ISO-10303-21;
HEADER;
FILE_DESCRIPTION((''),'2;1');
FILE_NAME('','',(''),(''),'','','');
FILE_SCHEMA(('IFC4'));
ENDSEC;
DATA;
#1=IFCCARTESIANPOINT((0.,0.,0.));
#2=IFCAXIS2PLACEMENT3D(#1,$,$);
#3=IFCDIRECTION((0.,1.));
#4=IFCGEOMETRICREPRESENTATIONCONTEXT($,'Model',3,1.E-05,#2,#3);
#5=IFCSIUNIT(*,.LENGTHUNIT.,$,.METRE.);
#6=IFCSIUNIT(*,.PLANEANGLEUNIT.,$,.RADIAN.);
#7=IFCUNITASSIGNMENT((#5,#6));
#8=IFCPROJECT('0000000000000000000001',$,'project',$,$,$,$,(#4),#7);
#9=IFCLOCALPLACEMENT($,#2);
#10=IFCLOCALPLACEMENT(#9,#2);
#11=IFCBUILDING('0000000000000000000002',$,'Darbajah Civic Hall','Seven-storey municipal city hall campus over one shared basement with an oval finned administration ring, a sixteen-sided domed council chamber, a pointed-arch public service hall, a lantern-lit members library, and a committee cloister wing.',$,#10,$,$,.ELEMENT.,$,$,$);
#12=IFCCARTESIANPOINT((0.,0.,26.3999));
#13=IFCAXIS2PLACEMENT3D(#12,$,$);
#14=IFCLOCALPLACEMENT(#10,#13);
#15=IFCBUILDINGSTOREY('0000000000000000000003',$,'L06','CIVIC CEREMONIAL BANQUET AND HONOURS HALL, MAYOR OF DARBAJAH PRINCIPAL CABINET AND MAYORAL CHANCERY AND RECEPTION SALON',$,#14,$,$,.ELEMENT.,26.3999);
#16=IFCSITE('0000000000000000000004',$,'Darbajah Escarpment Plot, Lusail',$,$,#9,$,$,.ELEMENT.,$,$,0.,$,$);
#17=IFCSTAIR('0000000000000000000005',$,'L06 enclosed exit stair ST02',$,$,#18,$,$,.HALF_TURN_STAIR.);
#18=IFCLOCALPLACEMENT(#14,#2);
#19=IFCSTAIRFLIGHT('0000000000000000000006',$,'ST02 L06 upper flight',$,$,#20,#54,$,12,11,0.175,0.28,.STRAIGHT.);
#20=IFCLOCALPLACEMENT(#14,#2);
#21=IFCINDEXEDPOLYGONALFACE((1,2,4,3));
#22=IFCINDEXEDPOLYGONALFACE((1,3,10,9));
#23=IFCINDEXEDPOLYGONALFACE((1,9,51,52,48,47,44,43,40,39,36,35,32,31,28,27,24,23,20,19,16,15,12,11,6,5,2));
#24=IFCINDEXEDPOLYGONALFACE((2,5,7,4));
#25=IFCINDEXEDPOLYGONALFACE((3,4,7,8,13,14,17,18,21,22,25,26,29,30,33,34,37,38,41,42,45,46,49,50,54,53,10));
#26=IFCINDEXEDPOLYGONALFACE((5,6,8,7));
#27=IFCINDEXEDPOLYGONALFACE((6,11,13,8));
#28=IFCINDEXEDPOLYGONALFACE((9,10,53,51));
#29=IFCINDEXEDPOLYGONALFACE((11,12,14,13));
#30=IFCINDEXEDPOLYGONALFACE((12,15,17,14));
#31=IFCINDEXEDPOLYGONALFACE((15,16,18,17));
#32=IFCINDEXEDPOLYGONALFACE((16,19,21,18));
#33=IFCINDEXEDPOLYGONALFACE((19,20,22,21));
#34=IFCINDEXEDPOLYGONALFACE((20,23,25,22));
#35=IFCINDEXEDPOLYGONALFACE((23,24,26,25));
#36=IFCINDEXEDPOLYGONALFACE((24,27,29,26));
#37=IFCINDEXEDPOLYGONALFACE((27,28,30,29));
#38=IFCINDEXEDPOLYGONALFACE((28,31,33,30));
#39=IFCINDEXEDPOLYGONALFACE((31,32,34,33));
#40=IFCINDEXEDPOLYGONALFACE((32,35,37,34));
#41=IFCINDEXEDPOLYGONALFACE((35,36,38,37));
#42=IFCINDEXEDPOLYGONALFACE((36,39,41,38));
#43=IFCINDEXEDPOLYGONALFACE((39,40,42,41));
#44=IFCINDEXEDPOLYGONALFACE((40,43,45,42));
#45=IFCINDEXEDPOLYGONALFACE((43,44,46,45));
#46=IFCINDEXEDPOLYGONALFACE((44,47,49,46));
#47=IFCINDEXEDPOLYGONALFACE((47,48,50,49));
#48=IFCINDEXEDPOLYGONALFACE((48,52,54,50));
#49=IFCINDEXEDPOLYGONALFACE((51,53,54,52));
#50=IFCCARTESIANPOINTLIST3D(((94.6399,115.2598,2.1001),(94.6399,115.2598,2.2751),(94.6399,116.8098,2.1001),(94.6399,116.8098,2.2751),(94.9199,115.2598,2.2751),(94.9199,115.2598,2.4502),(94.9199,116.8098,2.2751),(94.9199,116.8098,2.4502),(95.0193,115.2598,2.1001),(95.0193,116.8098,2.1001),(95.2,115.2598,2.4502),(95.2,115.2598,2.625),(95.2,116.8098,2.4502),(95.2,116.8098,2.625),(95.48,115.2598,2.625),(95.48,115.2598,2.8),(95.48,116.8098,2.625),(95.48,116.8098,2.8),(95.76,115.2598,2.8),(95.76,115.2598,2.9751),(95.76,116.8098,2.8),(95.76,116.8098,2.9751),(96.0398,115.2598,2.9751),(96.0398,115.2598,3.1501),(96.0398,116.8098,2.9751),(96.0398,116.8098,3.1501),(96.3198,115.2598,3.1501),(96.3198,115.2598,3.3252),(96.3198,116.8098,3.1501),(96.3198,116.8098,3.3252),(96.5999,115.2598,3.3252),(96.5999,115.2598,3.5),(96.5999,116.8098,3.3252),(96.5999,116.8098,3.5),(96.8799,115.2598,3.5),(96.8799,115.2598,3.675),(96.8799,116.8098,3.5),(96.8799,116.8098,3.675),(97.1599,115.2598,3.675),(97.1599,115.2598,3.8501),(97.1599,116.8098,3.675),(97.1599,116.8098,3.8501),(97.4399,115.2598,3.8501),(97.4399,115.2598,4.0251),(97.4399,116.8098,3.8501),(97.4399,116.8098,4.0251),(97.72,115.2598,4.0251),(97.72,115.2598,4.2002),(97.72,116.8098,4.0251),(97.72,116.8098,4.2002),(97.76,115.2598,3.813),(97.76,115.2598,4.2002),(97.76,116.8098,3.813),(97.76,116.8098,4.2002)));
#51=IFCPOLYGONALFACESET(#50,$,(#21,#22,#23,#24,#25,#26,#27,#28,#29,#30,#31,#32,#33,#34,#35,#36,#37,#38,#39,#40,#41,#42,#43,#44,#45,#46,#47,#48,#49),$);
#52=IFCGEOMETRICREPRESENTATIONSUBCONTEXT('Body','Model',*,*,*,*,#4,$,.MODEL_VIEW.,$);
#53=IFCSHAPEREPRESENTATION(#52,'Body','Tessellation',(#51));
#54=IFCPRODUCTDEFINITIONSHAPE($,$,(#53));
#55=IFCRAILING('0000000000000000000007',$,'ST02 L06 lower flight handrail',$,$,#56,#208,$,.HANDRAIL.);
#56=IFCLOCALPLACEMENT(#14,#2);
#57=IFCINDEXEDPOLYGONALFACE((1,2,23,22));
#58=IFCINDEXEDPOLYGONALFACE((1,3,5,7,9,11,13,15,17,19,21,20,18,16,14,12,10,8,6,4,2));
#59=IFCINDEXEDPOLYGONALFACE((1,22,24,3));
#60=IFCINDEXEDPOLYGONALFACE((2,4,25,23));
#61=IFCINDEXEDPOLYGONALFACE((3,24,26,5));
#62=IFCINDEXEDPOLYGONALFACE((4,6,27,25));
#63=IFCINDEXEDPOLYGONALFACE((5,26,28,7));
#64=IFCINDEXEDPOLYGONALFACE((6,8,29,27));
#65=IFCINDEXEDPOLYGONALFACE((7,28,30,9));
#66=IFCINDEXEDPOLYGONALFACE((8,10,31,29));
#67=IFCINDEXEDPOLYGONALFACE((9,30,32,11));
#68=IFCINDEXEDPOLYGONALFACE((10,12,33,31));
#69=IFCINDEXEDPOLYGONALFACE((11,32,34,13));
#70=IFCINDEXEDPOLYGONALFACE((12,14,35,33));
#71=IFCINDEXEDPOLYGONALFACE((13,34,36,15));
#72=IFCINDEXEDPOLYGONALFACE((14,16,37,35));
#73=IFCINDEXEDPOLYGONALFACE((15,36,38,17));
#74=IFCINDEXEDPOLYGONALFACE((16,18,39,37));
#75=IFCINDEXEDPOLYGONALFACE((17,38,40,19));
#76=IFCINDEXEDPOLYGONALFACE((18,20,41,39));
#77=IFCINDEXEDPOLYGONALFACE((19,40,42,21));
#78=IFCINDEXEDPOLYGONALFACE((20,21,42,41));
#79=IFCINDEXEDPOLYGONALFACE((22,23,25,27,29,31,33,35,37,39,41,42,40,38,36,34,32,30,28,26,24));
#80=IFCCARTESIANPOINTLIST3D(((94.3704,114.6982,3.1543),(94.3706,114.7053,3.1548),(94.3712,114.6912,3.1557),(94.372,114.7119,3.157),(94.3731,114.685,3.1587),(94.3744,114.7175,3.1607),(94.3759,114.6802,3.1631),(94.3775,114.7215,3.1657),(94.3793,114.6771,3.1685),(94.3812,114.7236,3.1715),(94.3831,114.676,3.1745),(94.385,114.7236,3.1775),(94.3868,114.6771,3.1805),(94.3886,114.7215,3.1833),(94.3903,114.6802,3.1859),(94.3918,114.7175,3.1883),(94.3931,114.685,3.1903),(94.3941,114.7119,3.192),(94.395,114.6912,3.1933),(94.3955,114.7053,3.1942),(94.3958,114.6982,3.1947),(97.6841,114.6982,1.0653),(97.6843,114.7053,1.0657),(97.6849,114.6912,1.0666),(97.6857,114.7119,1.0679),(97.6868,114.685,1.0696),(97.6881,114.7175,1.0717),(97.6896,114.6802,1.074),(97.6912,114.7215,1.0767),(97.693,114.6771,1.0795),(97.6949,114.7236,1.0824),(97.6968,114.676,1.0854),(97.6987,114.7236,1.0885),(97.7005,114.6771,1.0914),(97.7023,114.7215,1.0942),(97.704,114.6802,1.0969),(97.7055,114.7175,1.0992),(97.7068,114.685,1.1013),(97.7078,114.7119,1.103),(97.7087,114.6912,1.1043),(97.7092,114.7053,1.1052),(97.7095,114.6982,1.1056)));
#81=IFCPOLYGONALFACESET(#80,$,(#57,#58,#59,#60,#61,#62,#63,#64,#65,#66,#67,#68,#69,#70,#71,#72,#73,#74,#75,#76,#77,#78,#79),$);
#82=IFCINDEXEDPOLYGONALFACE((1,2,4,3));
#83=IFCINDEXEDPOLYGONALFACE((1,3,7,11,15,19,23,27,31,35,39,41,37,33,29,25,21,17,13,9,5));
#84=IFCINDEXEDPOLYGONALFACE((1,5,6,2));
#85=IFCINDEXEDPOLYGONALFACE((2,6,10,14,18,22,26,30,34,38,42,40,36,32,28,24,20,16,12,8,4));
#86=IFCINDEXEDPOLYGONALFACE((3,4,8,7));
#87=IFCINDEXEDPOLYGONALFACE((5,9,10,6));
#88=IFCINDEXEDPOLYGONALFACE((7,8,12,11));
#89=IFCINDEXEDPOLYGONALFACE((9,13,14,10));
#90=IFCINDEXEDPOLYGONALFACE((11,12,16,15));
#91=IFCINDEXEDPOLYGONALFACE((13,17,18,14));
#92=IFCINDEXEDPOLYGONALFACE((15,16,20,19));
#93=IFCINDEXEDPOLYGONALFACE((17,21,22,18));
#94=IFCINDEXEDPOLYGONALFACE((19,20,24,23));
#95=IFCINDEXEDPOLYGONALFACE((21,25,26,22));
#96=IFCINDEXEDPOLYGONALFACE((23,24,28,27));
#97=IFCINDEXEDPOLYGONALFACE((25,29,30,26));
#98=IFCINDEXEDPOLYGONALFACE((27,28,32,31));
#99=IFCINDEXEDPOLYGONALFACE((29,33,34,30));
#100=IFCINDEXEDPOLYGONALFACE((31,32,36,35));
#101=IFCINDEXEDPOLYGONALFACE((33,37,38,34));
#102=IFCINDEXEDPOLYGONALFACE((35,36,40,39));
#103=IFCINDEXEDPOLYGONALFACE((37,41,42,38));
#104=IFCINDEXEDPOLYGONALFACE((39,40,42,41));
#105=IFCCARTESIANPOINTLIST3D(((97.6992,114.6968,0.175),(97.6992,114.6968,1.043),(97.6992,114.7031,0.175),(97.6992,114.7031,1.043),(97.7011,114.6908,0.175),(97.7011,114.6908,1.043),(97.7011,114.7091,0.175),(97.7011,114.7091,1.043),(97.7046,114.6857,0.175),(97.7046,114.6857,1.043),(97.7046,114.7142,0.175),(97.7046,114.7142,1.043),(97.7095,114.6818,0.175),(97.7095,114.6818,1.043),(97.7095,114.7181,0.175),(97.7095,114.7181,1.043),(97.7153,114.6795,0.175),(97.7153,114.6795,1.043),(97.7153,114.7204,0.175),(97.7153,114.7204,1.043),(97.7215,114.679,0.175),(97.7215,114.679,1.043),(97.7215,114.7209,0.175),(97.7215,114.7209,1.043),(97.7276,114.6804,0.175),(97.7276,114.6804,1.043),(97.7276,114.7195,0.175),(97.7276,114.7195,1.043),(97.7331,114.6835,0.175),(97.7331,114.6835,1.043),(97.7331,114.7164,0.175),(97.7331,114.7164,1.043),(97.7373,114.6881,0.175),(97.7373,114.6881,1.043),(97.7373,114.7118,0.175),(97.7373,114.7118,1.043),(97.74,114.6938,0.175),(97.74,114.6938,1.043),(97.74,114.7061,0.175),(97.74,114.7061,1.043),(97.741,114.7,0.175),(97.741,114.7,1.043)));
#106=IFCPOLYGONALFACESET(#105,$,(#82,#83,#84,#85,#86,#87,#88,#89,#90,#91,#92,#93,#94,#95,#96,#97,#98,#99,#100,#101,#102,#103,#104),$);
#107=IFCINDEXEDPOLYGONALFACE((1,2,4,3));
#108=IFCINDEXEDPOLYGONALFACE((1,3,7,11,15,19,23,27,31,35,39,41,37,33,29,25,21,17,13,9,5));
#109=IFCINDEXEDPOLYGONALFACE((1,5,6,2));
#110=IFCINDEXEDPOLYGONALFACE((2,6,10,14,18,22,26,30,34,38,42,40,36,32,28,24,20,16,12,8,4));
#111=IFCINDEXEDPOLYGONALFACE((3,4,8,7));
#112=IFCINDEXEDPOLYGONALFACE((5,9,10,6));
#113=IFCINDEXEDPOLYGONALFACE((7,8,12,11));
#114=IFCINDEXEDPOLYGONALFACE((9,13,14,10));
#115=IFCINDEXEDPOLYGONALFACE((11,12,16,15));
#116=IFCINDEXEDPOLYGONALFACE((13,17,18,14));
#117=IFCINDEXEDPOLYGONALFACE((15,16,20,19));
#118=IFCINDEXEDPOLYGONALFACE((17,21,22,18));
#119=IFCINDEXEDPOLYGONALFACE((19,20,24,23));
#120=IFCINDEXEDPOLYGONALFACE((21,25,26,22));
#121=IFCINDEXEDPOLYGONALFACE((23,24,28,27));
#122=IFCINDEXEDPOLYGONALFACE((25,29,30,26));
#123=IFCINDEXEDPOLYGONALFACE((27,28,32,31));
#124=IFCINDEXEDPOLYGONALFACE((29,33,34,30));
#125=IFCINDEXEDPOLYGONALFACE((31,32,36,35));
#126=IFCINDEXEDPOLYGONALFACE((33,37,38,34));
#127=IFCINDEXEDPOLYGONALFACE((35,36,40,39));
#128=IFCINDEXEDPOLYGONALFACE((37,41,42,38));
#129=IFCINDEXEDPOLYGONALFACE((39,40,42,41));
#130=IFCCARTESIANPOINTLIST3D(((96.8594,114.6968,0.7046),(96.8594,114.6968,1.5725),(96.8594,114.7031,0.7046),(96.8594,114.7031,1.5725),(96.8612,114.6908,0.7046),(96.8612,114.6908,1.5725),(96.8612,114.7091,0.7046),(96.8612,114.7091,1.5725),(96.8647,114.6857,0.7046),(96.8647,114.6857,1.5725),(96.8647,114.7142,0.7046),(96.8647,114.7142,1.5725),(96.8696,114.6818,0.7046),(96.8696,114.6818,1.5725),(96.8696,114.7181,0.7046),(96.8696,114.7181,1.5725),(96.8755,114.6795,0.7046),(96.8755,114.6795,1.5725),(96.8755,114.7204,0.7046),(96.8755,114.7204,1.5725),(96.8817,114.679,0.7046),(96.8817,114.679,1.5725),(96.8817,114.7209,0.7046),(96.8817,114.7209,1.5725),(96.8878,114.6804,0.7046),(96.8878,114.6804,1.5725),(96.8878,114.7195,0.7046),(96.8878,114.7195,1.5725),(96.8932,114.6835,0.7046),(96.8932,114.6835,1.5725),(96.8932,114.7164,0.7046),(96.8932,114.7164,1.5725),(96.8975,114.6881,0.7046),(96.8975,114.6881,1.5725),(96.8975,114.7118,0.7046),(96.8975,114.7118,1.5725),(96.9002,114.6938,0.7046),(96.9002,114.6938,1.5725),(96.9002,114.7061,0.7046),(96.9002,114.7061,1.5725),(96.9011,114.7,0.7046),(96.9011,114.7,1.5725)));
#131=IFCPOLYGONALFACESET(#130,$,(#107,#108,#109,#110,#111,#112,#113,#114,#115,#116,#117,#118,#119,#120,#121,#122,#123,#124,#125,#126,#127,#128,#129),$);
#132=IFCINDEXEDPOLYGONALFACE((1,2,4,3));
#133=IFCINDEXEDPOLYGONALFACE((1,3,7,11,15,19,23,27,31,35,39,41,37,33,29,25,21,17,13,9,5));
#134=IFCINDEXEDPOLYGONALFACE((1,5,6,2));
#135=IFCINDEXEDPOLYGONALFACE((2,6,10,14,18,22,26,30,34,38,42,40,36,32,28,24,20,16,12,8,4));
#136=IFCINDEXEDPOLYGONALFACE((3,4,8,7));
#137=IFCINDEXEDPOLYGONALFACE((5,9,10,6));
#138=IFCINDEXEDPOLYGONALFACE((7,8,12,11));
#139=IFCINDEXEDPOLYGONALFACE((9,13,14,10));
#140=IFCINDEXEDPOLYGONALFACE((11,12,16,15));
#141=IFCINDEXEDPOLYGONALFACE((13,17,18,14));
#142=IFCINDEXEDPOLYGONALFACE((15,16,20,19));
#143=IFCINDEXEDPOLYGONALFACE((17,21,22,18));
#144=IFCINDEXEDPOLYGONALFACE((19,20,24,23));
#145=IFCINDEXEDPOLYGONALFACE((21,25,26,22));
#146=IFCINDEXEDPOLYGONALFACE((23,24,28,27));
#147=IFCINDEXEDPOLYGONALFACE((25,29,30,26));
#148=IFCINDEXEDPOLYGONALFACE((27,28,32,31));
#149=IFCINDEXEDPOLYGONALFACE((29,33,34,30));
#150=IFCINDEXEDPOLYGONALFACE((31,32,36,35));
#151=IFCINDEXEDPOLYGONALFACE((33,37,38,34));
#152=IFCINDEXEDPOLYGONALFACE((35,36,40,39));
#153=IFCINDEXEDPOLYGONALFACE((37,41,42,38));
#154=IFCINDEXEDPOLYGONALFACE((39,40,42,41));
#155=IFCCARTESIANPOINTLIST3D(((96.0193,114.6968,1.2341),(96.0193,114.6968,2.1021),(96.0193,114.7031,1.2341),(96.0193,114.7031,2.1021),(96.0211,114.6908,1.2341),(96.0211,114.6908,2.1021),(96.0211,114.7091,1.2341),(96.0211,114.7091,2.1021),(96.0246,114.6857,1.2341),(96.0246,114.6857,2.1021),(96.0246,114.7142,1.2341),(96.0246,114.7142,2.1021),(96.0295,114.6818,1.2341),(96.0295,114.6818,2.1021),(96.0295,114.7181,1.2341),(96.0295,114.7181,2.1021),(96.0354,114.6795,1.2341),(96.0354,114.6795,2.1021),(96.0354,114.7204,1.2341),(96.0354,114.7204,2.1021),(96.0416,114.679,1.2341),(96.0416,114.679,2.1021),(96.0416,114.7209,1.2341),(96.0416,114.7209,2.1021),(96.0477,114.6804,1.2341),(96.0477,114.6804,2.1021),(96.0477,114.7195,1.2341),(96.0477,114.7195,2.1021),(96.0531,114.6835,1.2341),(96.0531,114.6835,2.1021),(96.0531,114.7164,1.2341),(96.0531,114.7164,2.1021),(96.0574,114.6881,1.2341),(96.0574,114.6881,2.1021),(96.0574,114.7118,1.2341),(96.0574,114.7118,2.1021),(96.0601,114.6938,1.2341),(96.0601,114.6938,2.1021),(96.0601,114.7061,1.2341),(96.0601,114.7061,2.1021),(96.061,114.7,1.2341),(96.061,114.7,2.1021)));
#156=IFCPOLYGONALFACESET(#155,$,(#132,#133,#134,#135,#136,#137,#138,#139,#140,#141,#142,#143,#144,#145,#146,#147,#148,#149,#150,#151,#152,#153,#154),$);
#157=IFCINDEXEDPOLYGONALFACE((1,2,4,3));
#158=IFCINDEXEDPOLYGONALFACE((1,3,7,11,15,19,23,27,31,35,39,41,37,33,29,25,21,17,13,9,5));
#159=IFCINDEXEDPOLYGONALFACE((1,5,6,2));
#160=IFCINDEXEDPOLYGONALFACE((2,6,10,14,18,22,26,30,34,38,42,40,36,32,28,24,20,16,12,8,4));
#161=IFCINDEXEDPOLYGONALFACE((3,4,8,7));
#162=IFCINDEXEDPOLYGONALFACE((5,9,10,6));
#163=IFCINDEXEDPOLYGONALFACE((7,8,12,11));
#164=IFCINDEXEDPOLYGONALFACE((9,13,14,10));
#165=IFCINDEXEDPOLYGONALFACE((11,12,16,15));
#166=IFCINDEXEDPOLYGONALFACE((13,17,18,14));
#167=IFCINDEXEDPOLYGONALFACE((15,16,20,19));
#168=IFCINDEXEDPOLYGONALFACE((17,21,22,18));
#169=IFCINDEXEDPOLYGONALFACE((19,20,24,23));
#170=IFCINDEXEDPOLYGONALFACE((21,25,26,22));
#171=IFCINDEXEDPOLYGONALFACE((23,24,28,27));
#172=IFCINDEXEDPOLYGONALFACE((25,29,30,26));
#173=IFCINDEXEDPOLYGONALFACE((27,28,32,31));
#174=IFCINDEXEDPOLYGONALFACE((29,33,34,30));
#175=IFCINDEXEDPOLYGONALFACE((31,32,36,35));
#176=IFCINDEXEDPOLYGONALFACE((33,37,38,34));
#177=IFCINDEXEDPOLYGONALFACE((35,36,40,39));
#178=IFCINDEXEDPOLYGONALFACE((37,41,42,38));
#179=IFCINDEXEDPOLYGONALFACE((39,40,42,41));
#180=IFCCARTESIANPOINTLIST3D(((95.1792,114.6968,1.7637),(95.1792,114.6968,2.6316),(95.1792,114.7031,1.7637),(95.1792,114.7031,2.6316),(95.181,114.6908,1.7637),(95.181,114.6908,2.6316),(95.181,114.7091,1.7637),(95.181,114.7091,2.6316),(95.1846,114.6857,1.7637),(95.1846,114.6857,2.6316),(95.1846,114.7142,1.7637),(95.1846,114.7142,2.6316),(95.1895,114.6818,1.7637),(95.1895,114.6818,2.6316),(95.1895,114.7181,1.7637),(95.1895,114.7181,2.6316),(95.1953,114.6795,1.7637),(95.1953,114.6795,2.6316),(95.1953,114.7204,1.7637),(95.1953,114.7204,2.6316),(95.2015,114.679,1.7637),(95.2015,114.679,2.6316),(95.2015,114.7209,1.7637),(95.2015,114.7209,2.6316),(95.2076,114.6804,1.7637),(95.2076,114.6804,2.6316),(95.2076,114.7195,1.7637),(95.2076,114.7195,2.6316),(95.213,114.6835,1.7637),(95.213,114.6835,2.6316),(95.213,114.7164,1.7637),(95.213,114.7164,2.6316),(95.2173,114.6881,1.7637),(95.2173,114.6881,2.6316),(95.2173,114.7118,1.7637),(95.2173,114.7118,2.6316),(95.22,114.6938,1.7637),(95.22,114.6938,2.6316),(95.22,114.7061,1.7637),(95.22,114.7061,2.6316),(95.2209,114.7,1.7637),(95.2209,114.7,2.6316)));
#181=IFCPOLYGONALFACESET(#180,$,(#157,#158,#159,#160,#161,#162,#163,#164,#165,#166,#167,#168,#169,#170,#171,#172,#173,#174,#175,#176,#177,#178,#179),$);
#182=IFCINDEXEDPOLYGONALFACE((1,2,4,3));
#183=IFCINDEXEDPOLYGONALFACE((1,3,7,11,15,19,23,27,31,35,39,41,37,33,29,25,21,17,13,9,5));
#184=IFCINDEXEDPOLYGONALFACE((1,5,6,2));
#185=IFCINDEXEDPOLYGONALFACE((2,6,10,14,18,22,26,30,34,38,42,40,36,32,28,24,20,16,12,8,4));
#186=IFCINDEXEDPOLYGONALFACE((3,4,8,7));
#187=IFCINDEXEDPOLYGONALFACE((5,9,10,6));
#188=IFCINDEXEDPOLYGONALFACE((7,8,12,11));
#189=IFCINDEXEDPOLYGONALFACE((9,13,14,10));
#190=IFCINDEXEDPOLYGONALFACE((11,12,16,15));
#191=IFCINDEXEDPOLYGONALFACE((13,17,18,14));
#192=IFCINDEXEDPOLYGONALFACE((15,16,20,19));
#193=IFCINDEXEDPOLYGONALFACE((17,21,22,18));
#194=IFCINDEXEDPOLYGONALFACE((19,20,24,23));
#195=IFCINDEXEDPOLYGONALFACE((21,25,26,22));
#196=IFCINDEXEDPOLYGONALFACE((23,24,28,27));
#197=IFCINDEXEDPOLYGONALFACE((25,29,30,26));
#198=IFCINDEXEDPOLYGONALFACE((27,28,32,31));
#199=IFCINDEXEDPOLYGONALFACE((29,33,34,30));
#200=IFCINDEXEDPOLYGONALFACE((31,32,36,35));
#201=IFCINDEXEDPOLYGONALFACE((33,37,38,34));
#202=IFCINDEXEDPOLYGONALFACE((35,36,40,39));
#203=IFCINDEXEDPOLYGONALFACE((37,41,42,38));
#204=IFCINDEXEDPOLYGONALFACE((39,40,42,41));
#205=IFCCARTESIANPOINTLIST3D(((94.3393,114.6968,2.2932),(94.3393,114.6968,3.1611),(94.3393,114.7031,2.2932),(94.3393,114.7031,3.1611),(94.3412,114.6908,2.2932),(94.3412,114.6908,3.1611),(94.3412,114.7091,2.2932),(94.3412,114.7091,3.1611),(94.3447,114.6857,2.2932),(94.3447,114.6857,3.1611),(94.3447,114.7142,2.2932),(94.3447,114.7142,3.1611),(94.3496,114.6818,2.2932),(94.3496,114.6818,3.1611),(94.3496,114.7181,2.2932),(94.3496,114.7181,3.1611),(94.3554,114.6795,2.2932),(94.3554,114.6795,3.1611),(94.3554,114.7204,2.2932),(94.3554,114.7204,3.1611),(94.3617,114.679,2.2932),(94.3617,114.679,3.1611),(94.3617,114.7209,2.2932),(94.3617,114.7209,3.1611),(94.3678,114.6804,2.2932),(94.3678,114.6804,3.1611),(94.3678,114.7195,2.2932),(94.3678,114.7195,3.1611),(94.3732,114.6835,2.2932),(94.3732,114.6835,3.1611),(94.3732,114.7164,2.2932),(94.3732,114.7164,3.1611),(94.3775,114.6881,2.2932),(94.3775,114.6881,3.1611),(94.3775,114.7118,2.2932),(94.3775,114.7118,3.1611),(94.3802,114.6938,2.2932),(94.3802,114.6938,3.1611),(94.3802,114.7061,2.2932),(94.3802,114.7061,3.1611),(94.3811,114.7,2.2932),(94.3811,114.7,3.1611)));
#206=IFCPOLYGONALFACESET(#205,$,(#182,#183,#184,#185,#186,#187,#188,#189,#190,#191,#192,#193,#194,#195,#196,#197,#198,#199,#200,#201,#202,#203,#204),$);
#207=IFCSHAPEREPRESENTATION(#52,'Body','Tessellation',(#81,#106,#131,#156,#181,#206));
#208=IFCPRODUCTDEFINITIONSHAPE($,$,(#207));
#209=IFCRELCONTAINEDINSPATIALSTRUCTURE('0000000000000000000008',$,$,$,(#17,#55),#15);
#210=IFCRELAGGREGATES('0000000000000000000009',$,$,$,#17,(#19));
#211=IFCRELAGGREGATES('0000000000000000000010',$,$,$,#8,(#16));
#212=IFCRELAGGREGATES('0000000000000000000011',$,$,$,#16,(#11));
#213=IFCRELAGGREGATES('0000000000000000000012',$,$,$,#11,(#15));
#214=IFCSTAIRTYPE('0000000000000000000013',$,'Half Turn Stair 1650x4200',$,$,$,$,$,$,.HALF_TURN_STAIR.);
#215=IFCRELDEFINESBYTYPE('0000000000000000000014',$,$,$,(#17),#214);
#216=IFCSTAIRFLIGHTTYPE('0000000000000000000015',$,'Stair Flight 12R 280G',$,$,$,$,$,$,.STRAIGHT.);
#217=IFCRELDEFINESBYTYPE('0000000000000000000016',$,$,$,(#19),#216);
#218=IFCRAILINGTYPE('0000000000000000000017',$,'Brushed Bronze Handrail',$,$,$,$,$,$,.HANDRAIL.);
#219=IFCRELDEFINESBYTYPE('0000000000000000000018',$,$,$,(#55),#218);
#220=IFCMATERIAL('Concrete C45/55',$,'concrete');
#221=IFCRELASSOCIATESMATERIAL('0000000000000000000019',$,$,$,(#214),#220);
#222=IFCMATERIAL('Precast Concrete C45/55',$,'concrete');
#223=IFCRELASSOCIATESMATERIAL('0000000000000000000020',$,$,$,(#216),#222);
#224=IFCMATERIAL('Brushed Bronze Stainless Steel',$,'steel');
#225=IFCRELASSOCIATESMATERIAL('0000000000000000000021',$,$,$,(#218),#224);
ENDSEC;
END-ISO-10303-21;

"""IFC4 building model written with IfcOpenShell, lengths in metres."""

from ifc_helpers import new_model, si_unit, direction, frame, origin, origin_2d, place, context, subcontext, project, spatial, polyline, circle, outline, extrude, material, type_object, element, aggregate, save


model = new_model("IFC4")

# Units and contexts
model_context = context("Model", 3, precision=1e-05, world=origin(), true_north=direction((0.0, 1.0)))
body_context = subcontext(model_context, "Body", "Model", "MODEL_VIEW")
ifc_project = project(units=[si_unit("LENGTHUNIT", "METRE"), si_unit("PLANEANGLEUNIT", "RADIAN")], contexts=[model_context])

# Site, building, storey
site_placement = place(None, origin())
site = spatial("IfcSite", under=ifc_project, at=site_placement, Name="Darbajah Escarpment Plot, Lusail", CompositionType="ELEMENT", RefElevation=0.0)
building_placement = place(site_placement, origin())
building = spatial("IfcBuilding", under=site, at=building_placement, Name="Darbajah Civic Hall", Description="Seven-storey municipal city hall campus over one shared basement with an oval finned administration ring, a sixteen-sided domed council chamber, a pointed-arch public service hall, a lantern-lit members library, and a committee cloister wing.", CompositionType="ELEMENT")
storey_placement = place(building_placement, frame((0.0, 0.0, 26.3999)))
storey = spatial("IfcBuildingStorey", under=building, at=storey_placement, Name="L06", Description="CIVIC CEREMONIAL BANQUET AND HONOURS HALL, MAYOR OF DARBAJAH PRINCIPAL CABINET AND MAYORAL CHANCERY AND RECEPTION SALON", CompositionType="ELEMENT", Elevation=26.3999)

# Shared definitions
ifc_material_1 = material(Name="Concrete C45/55", Category="concrete")

# Stair, stair flight
stair_type = type_object("IfcStairType", Name="Half Turn Stair 1650x4200", PredefinedType="HALF_TURN_STAIR", material=ifc_material_1)
stair_placement = place(storey_placement, origin())
stair = element("IfcStair", 1, at=stair_placement, inside=storey, type_object=stair_type, Name="L06 enclosed exit stair ST02", PredefinedType="HALF_TURN_STAIR")
ifc_material_2 = material(Name="Precast Concrete C45/55", Category="concrete")
stair_flight_type = type_object("IfcStairFlightType", Name="Stair Flight 12R 280G", PredefinedType="STRAIGHT", material=ifc_material_2)
stair_flight_1_placement = place(storey_placement, frame((94.6399, 116.0349, 2.1001), z_axis=(0.0, 0.0, 1.0), x_axis=(1.0, 0.0, 0.0)))
stair_flight_1 = element("IfcStairFlight", 2, at=stair_flight_1_placement, type_object=stair_flight_type, Name="ST02 L06 upper flight", NumberOfRisers=12, NumberOfTreads=11, PredefinedType="STRAIGHT", RiserHeight=0.175, TreadLength=0.28, context=body_context, shape_type="SweptSolid", body=[
    extrude(outline(polyline([(0.0, 0.0), (0.0, 0.175), (0.28, 0.175), (0.28, 0.3501), (0.5601, 0.3501), (0.5601, 0.5249), (0.8401, 0.5249), (0.8401, 0.7), (1.1201, 0.7), (1.1201, 0.875), (1.3999, 0.875), (1.3999, 1.05), (1.6799, 1.05), (1.6799, 1.2251), (1.96, 1.2251), (1.96, 1.3999), (2.24, 1.3999), (2.24, 1.575), (2.52, 1.575), (2.52, 1.75), (2.8, 1.75), (2.8, 1.925), (3.0801, 1.925), (3.0801, 2.1001), (3.1201, 2.1001), (3.1201, 1.7129), (0.3794, 0.0), (0.0, 0.0)])), frame((0.0, 0.7749, 0.0), z_axis=(0.0, -1.0, 0.0), x_axis=(1.0, 0.0, 0.0)), (0.0, 0.0, 1.0), 1.55),
])
aggregate(stair, [stair_flight_1])

# Railing
ifc_material_3 = material(Name="Brushed Bronze Stainless Steel", Category="steel")
railing_type_1 = type_object("IfcRailingType", Name="Brushed Bronze Handrail", PredefinedType="HANDRAIL", material=ifc_material_3)
railing_1_placement = place(storey_placement, frame((97.72, 114.7, 0.175)))
element("IfcRailing", 3, at=railing_1_placement, inside=storey, type_object=railing_type_1, Name="ST02 L06 lower flight handrail", PredefinedType="HANDRAIL", context=body_context, shape_type="SweptSolid", body=[
    extrude(circle(Radius=0.0239, at=origin_2d()), frame((-0.0232, 0.0, 0.9104), z_axis=(-0.845927, 0.0, 0.533299), x_axis=(0.0, -1.0, 0.0)), (0.0, 0.0, 1.0), 3.9172),
    extrude(circle(Radius=0.021, at=origin_2d()), origin(), (0.0, 0.0, 1.0), 0.8679),
    extrude(circle(Radius=0.021, at=origin_2d()), frame((-0.8398, 0.0, 0.5295)), (0.0, 0.0, 1.0), 0.8679),
    extrude(circle(Radius=0.021, at=origin_2d()), frame((-1.6799, 0.0, 1.0591)), (0.0, 0.0, 1.0), 0.8679),
    extrude(circle(Radius=0.021, at=origin_2d()), frame((-2.52, 0.0, 1.5886)), (0.0, 0.0, 1.0), 0.8679),
    extrude(circle(Radius=0.021, at=origin_2d()), frame((-3.3599, 0.0, 2.1182)), (0.0, 0.0, 1.0), 0.8679),
])

save(model, "model.ifc")
